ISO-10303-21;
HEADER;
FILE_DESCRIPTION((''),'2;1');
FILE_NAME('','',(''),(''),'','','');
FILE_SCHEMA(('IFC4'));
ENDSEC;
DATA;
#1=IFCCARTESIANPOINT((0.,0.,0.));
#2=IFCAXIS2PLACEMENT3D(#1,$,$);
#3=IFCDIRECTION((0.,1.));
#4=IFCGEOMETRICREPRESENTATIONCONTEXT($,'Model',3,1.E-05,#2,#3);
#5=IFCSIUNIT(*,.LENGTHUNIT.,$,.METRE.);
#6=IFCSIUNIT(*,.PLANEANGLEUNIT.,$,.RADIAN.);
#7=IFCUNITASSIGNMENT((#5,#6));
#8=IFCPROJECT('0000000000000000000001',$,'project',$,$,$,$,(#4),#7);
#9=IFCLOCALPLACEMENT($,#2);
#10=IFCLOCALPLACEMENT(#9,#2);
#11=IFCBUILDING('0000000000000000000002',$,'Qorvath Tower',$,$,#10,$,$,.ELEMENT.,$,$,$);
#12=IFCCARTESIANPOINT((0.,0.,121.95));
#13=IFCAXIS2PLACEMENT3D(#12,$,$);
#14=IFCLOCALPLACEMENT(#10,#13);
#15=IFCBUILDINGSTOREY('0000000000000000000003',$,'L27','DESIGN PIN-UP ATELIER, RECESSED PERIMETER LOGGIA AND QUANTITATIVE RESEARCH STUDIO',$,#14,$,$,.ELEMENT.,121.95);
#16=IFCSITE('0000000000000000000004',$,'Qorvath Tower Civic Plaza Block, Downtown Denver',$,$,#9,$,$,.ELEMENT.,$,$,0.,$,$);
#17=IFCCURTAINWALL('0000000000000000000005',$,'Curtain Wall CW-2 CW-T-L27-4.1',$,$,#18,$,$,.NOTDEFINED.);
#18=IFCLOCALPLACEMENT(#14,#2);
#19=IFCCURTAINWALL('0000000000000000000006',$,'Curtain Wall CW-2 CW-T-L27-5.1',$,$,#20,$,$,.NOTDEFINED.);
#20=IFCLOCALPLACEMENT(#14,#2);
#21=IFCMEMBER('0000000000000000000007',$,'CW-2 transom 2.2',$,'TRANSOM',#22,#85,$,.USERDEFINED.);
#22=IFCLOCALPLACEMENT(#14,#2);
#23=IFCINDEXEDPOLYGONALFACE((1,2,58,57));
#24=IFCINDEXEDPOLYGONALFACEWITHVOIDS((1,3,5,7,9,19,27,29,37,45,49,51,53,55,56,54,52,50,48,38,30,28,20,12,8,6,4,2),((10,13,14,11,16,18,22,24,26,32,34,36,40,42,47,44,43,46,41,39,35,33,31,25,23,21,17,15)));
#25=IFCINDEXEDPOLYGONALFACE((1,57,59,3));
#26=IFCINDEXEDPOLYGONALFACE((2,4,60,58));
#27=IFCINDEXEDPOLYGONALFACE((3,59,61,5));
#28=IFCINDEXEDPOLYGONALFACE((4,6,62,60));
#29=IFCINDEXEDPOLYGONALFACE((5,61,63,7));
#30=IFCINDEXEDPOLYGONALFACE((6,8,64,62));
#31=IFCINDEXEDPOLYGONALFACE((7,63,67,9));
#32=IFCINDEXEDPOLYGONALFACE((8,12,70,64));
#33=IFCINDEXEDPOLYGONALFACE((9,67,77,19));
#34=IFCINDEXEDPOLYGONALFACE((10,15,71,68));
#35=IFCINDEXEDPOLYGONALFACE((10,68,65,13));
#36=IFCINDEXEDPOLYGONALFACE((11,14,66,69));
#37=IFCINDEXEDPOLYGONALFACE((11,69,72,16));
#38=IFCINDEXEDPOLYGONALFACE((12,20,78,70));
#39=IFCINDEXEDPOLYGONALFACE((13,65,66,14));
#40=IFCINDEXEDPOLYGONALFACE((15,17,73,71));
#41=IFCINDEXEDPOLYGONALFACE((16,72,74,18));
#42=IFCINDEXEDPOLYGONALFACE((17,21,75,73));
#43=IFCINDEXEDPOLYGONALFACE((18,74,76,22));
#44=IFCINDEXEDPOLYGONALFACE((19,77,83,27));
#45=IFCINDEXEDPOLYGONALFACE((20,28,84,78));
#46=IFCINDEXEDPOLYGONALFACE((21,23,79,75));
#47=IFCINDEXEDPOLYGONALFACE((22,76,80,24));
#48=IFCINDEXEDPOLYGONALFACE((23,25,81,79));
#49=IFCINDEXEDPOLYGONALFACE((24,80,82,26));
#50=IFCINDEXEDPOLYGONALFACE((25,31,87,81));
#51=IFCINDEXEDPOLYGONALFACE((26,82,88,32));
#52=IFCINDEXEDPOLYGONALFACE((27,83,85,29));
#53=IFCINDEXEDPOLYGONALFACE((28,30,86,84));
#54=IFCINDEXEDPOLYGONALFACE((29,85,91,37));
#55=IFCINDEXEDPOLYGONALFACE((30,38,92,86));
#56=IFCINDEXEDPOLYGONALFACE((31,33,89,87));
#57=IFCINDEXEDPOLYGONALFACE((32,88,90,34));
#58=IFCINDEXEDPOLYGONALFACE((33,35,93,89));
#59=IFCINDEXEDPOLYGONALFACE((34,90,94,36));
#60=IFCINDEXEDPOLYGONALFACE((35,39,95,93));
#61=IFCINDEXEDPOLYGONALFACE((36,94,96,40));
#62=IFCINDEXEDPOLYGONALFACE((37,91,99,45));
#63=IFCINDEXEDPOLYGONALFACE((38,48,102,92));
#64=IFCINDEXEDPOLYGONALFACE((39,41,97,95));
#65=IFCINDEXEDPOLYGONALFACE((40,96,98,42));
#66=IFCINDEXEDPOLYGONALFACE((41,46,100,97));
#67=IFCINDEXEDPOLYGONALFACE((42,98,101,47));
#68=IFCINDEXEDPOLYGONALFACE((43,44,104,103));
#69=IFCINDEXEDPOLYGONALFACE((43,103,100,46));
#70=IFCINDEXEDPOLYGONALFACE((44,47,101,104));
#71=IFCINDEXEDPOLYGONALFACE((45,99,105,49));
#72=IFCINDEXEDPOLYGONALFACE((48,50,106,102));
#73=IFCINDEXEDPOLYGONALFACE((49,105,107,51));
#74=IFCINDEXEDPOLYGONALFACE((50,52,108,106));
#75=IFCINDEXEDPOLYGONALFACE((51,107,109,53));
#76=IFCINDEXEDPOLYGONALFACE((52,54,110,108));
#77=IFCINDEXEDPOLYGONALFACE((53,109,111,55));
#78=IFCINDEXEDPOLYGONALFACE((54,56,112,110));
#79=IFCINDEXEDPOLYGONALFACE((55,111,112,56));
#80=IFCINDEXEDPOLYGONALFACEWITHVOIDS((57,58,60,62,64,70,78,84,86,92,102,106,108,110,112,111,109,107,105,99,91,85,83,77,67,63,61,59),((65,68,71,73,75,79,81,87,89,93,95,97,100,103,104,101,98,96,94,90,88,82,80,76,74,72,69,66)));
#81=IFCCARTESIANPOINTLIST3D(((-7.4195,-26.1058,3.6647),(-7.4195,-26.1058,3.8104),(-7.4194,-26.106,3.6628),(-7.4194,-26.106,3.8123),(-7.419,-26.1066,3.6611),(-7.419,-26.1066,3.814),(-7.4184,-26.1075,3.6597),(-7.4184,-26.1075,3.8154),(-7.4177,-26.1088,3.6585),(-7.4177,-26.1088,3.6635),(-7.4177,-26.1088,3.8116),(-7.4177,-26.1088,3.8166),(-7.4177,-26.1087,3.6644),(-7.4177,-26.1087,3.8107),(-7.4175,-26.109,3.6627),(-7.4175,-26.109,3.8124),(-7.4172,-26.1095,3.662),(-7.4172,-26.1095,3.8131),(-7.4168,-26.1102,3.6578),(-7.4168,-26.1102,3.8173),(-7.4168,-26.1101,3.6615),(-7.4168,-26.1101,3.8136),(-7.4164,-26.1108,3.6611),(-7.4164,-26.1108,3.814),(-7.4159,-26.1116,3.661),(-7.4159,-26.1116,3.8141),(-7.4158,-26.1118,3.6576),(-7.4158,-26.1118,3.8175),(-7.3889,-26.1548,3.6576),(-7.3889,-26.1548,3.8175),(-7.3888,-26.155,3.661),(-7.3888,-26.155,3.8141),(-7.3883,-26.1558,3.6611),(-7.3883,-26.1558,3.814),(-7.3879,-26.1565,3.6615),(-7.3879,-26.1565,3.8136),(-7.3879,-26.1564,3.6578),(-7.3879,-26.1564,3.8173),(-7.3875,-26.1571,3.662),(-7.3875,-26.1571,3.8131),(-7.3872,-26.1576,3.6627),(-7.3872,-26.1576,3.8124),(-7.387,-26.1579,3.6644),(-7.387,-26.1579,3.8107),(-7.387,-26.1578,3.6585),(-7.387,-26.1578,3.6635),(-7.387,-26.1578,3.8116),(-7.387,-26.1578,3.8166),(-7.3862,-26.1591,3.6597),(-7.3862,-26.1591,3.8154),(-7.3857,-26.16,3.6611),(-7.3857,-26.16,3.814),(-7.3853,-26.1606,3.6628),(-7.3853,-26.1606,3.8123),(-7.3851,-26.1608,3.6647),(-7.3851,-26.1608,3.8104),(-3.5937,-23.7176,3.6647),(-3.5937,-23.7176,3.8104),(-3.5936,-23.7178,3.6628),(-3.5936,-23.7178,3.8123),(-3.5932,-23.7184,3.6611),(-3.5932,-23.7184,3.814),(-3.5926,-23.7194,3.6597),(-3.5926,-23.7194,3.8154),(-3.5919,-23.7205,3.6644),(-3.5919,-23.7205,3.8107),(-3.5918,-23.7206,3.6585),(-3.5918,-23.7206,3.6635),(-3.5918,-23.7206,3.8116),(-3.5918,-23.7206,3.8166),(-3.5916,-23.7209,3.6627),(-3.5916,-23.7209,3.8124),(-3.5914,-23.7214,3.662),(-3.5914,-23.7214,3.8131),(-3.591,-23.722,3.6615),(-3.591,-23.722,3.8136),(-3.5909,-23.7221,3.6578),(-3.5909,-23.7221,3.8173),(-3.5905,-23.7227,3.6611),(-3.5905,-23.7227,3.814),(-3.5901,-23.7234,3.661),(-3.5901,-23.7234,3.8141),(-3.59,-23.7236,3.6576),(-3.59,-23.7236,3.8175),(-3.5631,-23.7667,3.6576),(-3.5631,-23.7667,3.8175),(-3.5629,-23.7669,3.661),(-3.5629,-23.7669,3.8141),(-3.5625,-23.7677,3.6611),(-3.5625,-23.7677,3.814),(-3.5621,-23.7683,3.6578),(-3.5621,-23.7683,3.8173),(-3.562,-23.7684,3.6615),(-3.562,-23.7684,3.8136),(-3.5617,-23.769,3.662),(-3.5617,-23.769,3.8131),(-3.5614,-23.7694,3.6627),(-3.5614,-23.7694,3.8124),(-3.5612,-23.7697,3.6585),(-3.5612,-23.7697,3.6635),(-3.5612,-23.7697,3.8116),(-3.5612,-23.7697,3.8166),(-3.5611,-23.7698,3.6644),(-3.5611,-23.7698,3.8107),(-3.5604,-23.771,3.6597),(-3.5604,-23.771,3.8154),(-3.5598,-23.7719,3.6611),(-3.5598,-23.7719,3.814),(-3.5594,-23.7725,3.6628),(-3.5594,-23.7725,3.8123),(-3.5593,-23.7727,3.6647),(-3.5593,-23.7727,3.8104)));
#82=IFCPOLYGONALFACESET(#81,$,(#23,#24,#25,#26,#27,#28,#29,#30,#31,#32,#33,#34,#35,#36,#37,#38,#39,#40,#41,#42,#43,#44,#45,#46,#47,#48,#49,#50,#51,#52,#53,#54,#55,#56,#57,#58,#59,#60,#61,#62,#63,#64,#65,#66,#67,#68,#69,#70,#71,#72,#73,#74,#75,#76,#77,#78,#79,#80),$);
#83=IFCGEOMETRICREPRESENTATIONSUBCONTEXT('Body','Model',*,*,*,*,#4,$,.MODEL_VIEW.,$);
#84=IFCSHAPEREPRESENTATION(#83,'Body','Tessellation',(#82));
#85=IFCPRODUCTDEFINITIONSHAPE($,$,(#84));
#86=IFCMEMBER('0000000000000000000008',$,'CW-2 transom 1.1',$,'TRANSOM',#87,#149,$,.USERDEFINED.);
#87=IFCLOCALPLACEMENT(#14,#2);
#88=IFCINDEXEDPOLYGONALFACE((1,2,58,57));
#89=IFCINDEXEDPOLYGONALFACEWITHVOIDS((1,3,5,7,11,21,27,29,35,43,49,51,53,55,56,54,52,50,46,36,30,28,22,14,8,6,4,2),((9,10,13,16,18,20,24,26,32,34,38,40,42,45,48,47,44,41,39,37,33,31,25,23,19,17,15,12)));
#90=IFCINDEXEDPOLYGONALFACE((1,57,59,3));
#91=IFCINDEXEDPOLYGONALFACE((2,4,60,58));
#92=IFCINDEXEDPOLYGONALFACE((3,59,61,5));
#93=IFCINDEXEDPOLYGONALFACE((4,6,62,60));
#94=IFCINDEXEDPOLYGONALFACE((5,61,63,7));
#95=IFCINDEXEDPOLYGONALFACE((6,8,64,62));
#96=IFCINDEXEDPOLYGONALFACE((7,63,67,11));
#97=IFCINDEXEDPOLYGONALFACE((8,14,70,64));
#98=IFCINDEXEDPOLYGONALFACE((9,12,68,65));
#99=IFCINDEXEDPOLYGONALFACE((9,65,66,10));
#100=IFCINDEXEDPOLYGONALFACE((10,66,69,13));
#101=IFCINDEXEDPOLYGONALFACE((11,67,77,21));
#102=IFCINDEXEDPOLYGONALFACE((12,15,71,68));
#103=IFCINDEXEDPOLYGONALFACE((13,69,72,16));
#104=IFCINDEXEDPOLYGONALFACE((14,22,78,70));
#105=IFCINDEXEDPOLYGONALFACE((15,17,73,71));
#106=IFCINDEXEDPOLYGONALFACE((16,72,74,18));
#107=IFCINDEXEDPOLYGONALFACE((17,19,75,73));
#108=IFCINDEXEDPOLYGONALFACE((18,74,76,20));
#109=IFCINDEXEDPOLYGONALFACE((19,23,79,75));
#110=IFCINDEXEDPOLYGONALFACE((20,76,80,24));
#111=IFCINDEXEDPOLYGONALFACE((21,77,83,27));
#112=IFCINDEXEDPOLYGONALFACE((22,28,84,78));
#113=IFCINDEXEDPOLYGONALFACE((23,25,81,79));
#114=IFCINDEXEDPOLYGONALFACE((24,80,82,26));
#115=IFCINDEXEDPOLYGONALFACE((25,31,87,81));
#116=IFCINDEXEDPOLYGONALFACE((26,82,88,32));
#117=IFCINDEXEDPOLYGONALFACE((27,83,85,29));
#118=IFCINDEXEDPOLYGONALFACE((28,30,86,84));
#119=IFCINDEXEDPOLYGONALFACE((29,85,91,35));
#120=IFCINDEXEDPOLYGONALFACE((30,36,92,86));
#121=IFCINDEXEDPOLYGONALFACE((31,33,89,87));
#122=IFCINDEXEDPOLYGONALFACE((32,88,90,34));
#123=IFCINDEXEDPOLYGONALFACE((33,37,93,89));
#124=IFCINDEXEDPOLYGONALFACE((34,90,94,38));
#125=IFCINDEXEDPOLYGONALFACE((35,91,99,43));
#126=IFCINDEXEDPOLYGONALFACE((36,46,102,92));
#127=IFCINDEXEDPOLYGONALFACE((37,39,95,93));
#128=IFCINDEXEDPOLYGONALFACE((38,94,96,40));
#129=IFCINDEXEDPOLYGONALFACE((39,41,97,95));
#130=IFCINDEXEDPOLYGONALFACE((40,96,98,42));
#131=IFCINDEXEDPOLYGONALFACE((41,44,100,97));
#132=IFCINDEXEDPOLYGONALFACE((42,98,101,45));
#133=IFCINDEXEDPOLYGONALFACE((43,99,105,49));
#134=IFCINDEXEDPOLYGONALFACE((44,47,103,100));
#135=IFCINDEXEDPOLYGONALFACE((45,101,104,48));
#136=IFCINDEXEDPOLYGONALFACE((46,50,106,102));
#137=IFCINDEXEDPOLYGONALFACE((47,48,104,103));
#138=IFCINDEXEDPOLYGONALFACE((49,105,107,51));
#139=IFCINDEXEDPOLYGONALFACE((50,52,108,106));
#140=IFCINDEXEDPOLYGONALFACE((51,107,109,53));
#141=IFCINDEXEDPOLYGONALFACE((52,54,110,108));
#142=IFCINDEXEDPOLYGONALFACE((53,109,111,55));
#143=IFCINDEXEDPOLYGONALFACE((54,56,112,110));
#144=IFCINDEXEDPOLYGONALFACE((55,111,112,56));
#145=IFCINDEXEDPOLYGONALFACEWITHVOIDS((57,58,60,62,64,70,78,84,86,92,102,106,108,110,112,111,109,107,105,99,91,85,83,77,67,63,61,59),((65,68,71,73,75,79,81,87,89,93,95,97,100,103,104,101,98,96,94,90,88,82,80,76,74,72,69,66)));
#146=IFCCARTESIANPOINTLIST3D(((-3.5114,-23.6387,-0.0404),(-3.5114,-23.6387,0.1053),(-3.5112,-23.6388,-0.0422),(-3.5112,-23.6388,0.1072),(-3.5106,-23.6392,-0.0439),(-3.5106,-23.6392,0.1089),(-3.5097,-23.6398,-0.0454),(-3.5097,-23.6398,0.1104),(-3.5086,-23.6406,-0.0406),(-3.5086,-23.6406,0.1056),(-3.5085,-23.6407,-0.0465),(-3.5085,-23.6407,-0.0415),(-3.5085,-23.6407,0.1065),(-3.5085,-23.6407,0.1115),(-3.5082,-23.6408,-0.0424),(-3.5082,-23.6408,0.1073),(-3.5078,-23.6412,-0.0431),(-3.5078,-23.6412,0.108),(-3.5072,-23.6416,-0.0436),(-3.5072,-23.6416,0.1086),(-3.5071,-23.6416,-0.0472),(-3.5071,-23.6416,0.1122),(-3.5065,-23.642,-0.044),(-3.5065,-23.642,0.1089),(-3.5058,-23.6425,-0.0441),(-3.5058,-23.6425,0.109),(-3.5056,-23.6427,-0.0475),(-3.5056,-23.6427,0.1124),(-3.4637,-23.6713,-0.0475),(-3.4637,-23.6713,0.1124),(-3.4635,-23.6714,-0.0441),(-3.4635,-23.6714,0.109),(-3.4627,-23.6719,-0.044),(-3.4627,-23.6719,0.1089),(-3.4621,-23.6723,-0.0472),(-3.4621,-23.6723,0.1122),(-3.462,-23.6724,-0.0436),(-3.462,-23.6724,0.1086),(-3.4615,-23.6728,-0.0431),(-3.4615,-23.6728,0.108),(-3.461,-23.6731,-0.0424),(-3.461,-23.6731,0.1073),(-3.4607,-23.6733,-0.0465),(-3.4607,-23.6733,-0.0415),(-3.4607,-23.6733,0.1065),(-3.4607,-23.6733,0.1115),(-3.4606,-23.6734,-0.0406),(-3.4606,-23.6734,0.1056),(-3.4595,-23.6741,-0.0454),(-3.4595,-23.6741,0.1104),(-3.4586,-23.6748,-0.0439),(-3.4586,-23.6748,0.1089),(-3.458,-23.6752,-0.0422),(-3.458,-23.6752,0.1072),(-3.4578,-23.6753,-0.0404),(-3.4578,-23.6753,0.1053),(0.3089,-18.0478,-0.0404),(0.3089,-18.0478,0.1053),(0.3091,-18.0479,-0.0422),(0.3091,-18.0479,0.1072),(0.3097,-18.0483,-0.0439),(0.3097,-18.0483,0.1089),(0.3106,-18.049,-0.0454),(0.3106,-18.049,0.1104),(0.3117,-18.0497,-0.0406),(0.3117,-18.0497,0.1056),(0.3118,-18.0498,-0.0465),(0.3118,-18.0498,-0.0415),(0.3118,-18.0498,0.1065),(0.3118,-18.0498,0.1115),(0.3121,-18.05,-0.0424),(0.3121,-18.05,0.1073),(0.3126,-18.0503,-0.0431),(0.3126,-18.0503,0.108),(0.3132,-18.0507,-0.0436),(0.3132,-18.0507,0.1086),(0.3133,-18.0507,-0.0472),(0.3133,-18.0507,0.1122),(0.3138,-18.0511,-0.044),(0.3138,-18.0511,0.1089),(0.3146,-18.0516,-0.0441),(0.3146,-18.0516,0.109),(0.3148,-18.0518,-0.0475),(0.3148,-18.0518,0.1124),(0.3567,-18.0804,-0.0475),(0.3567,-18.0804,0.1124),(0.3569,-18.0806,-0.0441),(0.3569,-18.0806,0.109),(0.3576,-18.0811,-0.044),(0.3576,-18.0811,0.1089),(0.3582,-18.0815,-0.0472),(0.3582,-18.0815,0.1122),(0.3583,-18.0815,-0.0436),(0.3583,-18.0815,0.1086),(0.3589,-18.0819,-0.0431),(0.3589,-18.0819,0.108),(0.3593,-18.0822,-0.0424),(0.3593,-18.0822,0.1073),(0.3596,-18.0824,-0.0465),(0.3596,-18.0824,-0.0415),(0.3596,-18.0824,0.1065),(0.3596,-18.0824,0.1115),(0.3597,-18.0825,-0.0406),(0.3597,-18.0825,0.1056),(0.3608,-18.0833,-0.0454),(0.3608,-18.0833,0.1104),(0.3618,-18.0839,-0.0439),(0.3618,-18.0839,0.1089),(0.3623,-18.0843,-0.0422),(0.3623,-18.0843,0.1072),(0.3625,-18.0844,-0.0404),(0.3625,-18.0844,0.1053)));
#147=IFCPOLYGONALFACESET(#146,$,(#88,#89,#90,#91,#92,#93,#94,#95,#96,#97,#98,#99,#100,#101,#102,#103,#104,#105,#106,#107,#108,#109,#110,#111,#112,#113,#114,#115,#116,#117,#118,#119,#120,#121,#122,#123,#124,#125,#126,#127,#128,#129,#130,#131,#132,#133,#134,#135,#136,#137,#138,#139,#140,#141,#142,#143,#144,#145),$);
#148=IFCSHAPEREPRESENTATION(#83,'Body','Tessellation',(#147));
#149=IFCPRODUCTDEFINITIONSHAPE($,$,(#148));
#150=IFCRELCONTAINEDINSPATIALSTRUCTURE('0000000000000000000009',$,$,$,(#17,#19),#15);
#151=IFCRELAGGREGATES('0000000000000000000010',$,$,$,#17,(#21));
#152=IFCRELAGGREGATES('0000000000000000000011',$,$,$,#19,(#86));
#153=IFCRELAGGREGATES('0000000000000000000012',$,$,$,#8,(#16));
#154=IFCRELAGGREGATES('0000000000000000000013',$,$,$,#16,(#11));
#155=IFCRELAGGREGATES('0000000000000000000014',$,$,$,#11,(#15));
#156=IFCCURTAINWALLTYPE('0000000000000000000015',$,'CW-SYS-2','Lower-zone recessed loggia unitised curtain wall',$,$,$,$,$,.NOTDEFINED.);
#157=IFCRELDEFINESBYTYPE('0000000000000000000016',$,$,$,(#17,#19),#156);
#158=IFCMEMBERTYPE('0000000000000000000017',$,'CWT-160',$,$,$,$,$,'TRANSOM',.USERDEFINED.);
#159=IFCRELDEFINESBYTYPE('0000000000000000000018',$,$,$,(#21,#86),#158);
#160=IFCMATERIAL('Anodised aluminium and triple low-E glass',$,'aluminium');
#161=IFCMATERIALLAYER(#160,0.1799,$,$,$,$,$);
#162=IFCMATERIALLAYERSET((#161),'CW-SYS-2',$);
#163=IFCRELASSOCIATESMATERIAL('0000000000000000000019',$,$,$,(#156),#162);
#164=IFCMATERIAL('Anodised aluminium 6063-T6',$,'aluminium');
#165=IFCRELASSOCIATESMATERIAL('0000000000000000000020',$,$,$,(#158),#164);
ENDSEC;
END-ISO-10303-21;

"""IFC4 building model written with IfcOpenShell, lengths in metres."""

from ifc_helpers import new_model, si_unit, direction, frame, origin, origin_2d, place, context, subcontext, project, spatial, hollow_rectangle, extrude, material, layer, layer_set, material_profile, profile_set, type_object, element, aggregate, save


model = new_model("IFC4")

# Units and contexts
model_context = context("Model", 3, precision=1e-05, world=origin(), true_north=direction((0.0, 1.0)))
body_context = subcontext(model_context, "Body", "Model", "MODEL_VIEW")
ifc_project = project(units=[si_unit("LENGTHUNIT", "METRE"), si_unit("PLANEANGLEUNIT", "RADIAN")], contexts=[model_context])

# Site, building, storey
site_placement = place(None, origin())
site = spatial("IfcSite", under=ifc_project, at=site_placement, Name="Qorvath Tower Civic Plaza Block, Downtown Denver", CompositionType="ELEMENT", RefElevation=0.0)
building_placement = place(site_placement, origin())
building = spatial("IfcBuilding", under=site, at=building_placement, Name="Qorvath Tower", CompositionType="ELEMENT")
storey_placement = place(building_placement, frame((0.0, 0.0, 121.95)))
storey = spatial("IfcBuildingStorey", under=building, at=storey_placement, Name="L27", Description="DESIGN PIN-UP ATELIER, RECESSED PERIMETER LOGGIA AND QUANTITATIVE RESEARCH STUDIO", CompositionType="ELEMENT", Elevation=121.95)

# Curtain wall
ifc_material_1 = material(Name="Anodised aluminium and triple low-E glass", Category="aluminium")
ifc_layer_1 = layer(ifc_material_1, 0.1799)
ifc_layer_set_1 = layer_set([ifc_layer_1], Name="CW-SYS-2")
curtain_wall_type = type_object("IfcCurtainWallType", Name="CW-SYS-2", Description="Lower-zone recessed loggia unitised curtain wall", PredefinedType="NOTDEFINED", material=ifc_layer_set_1)
curtain_wall_1_placement = place(storey_placement, origin())
curtain_wall_1 = element("IfcCurtainWall", 1, at=curtain_wall_1_placement, inside=storey, type_object=curtain_wall_type, Name="Curtain Wall CW-2 CW-T-L27-4.1", PredefinedType="NOTDEFINED")

# Curtain wall
curtain_wall_2_placement = place(storey_placement, origin())
curtain_wall_2 = element("IfcCurtainWall", 2, at=curtain_wall_2_placement, inside=storey, type_object=curtain_wall_type, Name="Curtain Wall CW-2 CW-T-L27-5.1", PredefinedType="NOTDEFINED")

# Members
ifc_material_2 = material(Name="Anodised aluminium 6063-T6", Category="aluminium")
ifc_material_profile_1 = material_profile(ifc_material_2, hollow_rectangle(XDim=0.0649, YDim=0.1599, WallThickness=0.0034, InnerFilletRadius=0.0034, OuterFilletRadius=0.0071, at=origin_2d()), Name="CWT 160x65")
ifc_profile_set_1 = profile_set([ifc_material_profile_1], Name="Anodised aluminium 6063-T6")
member_type_1 = type_object("IfcMemberType", Name="CWT-160", ElementType="TRANSOM", PredefinedType="USERDEFINED", material=ifc_profile_set_1)
member_1_placement = place(storey_placement, frame((-7.4023, -26.1333, 3.7375), z_axis=(0.848299, 0.529517, 0.0), x_axis=(-0.529517, 0.848299, 0.0)))
member_1 = element("IfcMember", 3, at=member_1_placement, type_object=member_type_1, Name="CW-2 transom 2.2", ObjectType="TRANSOM", PredefinedType="USERDEFINED", context=body_context, shape_type="SweptSolid", body=[
    extrude(hollow_rectangle(XDim=0.0649, YDim=0.1599, WallThickness=0.0034, InnerFilletRadius=0.0034, OuterFilletRadius=0.0071, at=origin_2d()), origin(), (0.0, 0.0, 1.0), 4.51),
])
member_2_placement = place(storey_placement, frame((-3.4846, -23.657, 0.0325), z_axis=(0.564182, 0.82565, 0.0), x_axis=(-0.82565, 0.564182, 0.0)))
member_2 = element("IfcMember", 4, at=member_2_placement, type_object=member_type_1, Name="CW-2 transom 1.1", ObjectType="TRANSOM", PredefinedType="USERDEFINED", context=body_context, shape_type="SweptSolid", body=[
    extrude(hollow_rectangle(XDim=0.0649, YDim=0.1599, WallThickness=0.0034, InnerFilletRadius=0.0034, OuterFilletRadius=0.0071, at=origin_2d()), origin(), (0.0, 0.0, 1.0), 6.7715),
])

aggregate(curtain_wall_1, [member_1])
aggregate(curtain_wall_2, [member_2])

save(model, "model.ifc")
